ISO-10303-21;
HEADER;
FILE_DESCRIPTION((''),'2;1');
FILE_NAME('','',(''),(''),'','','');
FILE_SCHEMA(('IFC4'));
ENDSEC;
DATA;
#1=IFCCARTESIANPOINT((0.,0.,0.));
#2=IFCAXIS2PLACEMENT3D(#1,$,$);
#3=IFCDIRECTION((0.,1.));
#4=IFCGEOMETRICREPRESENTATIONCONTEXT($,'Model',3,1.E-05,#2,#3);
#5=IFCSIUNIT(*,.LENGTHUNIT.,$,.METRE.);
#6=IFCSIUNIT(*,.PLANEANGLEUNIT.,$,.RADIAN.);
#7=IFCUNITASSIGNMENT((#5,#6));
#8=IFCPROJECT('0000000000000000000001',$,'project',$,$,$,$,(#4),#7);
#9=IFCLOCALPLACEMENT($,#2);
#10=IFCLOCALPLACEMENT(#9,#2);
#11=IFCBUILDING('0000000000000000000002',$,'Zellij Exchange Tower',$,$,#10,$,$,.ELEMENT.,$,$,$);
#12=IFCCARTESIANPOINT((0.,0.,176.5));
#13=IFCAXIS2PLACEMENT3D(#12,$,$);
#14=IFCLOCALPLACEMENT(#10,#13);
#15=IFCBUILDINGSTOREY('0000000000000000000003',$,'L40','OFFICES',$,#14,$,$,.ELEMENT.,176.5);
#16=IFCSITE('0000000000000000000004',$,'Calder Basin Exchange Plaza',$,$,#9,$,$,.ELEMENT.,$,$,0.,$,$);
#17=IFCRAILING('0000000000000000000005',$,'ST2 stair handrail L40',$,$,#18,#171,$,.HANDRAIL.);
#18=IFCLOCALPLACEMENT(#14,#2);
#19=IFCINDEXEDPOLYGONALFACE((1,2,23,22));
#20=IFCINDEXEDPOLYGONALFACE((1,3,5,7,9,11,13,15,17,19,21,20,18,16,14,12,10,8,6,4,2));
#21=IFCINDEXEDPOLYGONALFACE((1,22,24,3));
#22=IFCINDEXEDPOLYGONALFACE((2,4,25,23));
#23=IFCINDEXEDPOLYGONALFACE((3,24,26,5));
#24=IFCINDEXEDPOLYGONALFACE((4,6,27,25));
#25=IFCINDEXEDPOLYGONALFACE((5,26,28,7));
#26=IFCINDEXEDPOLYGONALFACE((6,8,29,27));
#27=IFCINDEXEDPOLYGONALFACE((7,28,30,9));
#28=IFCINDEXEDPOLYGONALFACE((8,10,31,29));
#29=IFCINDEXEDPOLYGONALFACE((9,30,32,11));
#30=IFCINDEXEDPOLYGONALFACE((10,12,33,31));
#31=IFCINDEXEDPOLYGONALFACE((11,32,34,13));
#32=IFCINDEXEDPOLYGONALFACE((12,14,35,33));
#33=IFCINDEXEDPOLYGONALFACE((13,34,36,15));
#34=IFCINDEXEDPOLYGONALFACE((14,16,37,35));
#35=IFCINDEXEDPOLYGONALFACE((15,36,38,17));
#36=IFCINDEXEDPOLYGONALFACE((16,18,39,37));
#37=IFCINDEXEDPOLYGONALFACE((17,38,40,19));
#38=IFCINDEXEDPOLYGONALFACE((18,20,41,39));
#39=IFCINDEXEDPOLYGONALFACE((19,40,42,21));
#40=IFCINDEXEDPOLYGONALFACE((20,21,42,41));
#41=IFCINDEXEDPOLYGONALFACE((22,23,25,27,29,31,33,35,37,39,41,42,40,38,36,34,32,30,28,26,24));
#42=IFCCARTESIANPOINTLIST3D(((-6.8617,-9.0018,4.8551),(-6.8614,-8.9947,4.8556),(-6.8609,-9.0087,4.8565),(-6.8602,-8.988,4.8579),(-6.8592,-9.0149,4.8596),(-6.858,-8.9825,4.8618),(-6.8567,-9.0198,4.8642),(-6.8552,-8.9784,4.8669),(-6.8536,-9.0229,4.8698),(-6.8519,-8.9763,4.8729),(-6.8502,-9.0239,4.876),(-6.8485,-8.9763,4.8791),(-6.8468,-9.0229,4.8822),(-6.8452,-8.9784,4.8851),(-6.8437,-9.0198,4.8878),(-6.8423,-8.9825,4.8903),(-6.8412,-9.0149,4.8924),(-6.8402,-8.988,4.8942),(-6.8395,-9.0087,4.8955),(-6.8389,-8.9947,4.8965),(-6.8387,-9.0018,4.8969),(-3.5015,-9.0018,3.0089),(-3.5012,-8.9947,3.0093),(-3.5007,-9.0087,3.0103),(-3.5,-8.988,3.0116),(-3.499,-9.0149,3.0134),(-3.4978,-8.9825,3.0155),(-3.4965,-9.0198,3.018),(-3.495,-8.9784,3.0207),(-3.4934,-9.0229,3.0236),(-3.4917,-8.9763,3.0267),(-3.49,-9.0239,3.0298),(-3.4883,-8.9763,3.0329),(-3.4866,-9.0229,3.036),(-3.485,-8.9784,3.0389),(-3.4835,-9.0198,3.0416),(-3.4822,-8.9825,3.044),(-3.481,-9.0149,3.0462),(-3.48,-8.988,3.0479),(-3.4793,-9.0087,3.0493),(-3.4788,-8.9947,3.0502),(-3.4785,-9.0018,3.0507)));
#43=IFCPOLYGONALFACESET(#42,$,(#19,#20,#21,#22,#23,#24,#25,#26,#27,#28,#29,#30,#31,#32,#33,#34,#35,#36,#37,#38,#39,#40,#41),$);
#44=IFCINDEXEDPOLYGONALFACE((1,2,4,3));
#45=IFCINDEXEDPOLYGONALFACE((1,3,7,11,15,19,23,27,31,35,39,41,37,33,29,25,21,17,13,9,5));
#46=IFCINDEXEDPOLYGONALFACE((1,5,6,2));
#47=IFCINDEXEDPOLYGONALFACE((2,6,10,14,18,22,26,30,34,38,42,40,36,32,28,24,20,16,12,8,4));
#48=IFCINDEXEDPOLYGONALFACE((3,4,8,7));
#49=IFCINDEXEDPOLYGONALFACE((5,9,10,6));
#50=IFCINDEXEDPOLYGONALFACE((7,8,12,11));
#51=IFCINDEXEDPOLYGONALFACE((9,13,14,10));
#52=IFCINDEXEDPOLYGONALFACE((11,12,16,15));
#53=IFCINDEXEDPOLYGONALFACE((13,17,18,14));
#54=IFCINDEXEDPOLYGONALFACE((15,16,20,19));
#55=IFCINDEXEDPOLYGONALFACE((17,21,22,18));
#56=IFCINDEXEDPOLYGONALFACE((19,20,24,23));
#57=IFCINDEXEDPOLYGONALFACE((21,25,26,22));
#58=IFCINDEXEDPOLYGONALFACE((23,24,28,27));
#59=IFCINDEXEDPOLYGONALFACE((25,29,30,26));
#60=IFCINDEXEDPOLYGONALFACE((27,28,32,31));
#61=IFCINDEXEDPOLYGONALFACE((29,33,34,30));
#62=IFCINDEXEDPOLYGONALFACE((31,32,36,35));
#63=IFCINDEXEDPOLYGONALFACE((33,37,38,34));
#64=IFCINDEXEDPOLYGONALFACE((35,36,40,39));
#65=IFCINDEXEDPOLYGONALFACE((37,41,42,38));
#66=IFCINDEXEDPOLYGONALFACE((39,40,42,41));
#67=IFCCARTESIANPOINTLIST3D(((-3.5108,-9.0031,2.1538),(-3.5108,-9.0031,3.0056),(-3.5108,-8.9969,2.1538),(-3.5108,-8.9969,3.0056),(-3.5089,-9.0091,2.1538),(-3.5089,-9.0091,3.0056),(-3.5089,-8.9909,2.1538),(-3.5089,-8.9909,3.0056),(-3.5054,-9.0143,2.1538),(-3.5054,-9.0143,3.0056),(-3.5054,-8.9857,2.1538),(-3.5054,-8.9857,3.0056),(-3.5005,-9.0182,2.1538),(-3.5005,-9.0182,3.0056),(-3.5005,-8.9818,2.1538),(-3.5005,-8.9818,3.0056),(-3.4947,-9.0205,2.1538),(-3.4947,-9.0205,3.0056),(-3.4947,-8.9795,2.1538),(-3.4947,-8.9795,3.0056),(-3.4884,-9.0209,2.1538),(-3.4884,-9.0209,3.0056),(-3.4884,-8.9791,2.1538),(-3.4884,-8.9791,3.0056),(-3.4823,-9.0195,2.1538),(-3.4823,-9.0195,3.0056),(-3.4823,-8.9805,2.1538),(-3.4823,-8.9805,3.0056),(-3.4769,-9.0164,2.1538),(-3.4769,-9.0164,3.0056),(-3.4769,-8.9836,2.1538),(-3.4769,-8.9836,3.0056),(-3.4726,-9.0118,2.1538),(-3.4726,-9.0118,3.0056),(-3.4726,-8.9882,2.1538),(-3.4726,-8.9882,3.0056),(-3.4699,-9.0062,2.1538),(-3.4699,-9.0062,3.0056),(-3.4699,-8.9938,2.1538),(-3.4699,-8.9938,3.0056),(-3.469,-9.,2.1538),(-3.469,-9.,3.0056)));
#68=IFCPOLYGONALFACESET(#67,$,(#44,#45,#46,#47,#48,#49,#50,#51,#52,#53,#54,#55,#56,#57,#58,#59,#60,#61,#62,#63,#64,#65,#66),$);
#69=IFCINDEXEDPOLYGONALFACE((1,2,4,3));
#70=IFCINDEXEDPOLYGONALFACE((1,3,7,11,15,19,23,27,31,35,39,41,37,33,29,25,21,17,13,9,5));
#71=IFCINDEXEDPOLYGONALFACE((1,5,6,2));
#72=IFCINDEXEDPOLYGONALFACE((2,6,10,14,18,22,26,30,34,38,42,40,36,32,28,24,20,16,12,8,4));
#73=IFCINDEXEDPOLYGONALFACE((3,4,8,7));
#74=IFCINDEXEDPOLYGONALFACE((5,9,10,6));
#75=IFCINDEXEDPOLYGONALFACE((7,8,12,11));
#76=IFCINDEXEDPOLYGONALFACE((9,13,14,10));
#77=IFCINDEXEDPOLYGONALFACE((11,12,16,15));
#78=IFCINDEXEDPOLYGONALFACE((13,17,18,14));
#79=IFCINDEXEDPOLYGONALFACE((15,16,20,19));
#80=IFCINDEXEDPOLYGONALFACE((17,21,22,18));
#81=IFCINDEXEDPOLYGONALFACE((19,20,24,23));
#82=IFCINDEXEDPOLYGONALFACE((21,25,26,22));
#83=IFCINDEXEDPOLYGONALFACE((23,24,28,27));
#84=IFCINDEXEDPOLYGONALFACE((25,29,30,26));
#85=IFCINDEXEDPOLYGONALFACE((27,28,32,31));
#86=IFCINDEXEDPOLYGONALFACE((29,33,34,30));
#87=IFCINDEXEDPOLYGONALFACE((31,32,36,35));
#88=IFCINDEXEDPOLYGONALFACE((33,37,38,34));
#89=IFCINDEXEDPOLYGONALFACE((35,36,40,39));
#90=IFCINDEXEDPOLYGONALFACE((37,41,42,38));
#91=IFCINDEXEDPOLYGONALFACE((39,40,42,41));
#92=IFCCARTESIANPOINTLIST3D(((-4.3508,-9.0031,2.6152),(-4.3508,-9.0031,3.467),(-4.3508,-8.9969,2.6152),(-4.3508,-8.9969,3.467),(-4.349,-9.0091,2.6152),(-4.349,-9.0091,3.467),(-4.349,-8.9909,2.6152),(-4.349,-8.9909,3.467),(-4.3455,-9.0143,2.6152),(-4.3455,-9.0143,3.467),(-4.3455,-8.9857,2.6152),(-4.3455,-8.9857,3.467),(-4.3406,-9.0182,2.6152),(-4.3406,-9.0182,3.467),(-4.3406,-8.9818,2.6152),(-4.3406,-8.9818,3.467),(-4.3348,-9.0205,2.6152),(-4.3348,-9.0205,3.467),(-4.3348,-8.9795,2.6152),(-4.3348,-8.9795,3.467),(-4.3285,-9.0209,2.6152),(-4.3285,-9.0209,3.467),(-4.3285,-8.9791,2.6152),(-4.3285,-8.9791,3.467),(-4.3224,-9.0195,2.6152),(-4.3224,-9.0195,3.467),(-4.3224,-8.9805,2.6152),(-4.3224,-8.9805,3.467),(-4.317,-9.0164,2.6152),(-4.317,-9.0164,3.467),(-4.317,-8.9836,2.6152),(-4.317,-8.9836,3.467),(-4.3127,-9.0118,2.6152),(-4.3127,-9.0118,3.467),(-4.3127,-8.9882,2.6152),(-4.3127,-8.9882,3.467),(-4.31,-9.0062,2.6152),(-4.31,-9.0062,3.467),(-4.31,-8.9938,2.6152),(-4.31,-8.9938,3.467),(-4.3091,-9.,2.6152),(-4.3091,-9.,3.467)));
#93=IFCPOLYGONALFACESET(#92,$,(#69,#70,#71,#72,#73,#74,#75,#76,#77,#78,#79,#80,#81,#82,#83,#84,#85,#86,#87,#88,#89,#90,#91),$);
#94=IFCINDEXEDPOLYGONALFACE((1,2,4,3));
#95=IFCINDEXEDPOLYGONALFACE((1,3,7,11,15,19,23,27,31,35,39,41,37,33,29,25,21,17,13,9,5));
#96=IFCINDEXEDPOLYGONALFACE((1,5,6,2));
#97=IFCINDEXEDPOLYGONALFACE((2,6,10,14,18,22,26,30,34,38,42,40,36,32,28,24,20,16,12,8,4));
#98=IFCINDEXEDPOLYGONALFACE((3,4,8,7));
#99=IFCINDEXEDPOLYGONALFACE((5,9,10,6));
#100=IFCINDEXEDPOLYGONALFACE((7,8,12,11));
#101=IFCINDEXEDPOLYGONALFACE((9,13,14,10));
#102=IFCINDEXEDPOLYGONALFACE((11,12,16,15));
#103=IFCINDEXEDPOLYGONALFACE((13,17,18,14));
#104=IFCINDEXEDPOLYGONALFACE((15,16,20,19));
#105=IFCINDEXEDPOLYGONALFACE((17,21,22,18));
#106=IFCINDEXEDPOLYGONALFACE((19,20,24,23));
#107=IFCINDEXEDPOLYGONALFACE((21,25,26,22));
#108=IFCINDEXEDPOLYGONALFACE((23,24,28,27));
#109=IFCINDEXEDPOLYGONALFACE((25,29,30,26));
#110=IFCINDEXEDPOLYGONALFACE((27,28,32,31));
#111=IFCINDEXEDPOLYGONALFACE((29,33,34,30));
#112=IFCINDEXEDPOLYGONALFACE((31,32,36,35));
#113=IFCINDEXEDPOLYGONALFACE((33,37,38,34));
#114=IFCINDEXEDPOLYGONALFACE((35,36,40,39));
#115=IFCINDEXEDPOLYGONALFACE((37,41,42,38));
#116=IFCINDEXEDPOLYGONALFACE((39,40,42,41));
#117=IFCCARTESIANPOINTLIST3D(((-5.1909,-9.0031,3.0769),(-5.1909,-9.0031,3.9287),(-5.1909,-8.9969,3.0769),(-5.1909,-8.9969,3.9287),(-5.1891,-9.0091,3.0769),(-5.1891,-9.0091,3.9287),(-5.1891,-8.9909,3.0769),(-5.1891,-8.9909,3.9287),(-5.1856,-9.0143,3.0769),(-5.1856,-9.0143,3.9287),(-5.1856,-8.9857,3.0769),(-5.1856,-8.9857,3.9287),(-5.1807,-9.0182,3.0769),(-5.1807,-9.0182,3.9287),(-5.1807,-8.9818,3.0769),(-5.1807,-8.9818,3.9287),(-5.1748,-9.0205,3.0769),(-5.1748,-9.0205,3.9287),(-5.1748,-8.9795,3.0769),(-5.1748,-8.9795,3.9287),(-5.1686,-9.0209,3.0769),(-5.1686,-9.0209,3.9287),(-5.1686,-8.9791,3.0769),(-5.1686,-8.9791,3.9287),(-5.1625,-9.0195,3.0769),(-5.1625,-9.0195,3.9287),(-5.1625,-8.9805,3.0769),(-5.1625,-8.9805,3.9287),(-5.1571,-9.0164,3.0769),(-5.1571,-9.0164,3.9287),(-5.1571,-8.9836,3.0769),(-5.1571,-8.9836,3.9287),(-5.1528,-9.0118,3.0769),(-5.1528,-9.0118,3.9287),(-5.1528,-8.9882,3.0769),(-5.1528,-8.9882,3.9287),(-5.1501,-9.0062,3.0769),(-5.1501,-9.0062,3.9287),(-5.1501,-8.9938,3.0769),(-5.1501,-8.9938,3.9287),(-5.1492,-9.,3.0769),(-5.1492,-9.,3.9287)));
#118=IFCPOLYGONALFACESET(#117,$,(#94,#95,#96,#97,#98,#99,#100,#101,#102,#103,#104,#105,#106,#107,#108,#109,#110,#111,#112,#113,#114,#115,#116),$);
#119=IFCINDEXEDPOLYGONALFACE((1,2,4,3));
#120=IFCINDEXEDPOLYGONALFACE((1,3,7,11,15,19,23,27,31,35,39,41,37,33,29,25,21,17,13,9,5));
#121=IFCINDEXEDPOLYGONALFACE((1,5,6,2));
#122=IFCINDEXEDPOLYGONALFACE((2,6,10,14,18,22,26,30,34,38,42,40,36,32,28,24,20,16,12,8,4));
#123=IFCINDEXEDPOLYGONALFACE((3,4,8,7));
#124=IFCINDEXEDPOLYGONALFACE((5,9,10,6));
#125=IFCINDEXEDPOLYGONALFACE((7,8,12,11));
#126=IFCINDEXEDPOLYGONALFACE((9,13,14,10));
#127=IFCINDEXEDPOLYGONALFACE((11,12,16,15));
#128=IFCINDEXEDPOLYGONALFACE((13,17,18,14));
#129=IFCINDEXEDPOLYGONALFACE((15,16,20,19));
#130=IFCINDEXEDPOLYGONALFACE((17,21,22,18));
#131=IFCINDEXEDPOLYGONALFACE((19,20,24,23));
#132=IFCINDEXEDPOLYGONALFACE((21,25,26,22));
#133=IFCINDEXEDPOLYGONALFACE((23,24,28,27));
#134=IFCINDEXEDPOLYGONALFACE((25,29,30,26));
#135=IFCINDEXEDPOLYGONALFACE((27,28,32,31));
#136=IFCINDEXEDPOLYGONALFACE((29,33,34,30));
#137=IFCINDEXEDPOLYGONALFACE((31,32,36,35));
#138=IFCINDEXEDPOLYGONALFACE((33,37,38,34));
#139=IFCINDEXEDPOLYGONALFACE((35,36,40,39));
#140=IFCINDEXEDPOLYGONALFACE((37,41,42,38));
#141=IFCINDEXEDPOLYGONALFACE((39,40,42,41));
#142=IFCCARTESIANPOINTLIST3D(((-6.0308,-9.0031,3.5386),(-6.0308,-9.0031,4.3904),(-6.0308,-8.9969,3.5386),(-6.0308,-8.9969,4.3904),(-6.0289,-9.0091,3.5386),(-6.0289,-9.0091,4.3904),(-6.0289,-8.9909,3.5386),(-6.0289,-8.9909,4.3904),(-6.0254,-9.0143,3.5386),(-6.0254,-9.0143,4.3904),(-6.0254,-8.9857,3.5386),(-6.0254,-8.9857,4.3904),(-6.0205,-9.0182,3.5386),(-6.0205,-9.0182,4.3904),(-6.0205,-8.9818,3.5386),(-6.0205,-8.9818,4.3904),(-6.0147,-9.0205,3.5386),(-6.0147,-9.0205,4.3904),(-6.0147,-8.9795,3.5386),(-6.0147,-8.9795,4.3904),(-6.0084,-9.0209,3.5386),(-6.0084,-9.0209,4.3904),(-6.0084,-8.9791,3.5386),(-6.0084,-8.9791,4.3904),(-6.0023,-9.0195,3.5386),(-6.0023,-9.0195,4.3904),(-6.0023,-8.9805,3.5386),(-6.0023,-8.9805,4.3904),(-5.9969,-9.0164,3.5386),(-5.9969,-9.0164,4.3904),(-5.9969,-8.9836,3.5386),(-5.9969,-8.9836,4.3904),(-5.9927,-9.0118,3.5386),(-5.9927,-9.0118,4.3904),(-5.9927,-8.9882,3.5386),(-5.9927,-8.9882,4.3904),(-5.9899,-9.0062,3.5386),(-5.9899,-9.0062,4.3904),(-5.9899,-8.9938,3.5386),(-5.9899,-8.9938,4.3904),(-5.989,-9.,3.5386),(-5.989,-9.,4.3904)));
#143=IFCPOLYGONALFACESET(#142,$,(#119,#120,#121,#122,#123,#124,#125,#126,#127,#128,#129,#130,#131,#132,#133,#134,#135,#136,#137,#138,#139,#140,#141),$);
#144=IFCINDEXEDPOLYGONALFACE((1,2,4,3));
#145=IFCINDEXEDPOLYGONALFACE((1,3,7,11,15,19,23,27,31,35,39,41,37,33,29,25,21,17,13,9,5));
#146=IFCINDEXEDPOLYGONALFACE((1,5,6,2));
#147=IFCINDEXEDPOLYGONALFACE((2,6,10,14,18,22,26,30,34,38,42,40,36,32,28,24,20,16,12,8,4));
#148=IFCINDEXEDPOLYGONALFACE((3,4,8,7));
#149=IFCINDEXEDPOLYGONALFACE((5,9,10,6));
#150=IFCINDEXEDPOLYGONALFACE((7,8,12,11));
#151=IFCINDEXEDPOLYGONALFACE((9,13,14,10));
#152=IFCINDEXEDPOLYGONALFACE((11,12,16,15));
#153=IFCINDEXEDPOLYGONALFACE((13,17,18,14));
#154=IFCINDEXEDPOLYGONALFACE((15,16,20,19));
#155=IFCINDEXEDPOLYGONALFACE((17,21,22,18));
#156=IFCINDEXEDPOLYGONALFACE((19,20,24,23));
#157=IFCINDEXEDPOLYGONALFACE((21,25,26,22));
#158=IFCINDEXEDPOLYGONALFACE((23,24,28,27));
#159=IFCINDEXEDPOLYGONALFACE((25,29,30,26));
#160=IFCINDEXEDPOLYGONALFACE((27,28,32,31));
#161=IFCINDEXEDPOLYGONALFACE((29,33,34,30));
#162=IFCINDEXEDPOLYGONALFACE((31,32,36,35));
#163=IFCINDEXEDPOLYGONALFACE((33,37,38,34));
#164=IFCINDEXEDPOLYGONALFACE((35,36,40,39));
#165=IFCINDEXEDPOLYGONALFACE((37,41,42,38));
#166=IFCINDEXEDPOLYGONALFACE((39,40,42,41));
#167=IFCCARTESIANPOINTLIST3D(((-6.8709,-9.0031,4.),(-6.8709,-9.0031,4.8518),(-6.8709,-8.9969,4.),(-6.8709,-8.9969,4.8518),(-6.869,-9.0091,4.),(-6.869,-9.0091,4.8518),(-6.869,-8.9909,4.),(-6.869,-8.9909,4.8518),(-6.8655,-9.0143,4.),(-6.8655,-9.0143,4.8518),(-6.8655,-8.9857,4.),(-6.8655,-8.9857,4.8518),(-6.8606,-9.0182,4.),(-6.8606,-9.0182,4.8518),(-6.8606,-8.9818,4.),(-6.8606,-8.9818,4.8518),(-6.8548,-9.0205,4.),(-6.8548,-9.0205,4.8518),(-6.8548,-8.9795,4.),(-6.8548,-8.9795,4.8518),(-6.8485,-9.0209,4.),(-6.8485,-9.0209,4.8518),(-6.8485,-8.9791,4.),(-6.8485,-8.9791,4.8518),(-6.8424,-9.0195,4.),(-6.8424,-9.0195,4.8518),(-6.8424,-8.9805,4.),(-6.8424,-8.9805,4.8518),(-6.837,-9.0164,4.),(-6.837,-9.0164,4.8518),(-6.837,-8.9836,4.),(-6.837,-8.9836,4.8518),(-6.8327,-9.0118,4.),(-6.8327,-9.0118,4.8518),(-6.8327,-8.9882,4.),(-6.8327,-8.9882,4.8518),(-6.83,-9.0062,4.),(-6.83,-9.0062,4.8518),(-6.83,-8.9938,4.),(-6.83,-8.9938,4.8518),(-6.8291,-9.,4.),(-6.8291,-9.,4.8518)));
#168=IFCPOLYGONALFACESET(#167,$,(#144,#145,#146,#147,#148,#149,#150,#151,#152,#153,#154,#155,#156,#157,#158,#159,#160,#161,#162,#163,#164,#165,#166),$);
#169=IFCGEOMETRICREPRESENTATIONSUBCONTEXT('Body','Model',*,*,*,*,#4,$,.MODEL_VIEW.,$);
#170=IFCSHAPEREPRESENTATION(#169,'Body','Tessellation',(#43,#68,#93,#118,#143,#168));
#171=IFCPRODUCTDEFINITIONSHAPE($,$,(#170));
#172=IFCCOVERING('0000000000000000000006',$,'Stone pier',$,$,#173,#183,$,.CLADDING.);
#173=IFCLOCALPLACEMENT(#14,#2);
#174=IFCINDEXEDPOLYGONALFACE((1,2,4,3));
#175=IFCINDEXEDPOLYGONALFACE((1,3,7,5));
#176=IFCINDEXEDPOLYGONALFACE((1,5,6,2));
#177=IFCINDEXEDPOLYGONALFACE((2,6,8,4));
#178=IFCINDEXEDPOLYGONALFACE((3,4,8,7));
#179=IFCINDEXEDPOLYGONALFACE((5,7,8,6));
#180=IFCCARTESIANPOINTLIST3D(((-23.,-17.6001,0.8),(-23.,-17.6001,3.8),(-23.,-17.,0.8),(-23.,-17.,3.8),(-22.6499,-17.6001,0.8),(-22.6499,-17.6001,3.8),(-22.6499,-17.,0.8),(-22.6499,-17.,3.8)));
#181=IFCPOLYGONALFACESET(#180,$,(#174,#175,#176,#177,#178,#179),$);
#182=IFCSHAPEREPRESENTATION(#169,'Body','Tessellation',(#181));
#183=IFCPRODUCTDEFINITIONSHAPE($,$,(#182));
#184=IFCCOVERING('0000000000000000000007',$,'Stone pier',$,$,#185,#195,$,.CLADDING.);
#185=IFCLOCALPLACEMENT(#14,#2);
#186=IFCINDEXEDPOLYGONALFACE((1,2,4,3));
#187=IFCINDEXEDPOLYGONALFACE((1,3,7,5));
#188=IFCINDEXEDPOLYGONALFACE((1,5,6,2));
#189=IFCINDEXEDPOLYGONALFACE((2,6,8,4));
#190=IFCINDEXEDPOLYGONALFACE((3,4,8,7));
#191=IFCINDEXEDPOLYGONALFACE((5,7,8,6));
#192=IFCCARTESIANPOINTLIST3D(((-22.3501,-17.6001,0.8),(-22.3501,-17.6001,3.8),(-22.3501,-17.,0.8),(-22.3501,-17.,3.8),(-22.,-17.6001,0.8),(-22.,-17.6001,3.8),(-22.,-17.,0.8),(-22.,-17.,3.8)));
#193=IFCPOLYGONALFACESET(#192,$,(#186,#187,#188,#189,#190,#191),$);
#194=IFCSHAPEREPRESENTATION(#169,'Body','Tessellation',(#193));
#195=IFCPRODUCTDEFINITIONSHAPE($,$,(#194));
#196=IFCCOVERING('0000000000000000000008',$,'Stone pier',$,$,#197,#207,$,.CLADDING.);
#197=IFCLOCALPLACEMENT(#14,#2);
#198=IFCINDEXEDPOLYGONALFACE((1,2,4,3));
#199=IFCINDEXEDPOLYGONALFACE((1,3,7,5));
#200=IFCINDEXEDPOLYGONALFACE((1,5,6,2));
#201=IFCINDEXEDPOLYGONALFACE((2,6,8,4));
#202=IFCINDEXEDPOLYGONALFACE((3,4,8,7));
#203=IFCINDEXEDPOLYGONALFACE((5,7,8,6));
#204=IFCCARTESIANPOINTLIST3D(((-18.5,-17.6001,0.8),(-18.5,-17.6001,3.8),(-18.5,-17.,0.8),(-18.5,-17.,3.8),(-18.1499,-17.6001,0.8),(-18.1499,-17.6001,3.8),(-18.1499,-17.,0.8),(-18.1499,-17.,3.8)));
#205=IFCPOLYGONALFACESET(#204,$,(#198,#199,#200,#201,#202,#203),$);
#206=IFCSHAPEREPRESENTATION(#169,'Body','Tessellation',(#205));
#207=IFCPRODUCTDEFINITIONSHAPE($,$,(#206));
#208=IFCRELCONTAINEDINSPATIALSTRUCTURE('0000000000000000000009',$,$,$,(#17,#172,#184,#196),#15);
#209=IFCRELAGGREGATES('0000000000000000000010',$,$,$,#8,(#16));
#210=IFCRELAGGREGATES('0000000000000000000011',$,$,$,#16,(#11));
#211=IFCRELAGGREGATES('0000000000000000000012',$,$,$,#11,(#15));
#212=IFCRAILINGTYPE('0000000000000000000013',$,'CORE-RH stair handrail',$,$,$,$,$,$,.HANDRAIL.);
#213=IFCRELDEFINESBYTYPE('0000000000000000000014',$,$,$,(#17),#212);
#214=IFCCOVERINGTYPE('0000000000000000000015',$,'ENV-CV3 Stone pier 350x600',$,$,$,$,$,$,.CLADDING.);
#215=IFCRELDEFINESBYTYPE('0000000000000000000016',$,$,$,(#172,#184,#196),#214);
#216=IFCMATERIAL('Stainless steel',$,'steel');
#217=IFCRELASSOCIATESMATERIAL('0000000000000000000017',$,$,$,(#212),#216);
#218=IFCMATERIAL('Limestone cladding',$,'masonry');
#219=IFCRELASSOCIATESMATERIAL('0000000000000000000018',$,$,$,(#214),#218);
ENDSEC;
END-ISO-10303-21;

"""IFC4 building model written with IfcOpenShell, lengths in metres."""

from ifc_helpers import new_model, si_unit, direction, frame, origin, origin_2d, place, context, subcontext, project, spatial, polyline, circle, outline, extrude, material, type_object, element, save


model = new_model("IFC4")

# Units and contexts
model_context = context("Model", 3, precision=1e-05, world=origin(), true_north=direction((0.0, 1.0)))
body_context = subcontext(model_context, "Body", "Model", "MODEL_VIEW")
ifc_project = project(units=[si_unit("LENGTHUNIT", "METRE"), si_unit("PLANEANGLEUNIT", "RADIAN")], contexts=[model_context])

# Site, building, storey
site_placement = place(None, origin())
site = spatial("IfcSite", under=ifc_project, at=site_placement, Name="Calder Basin Exchange Plaza", CompositionType="ELEMENT", RefElevation=0.0)
building_placement = place(site_placement, origin())
building = spatial("IfcBuilding", under=site, at=building_placement, Name="Zellij Exchange Tower", CompositionType="ELEMENT")
storey_placement = place(building_placement, frame((0.0, 0.0, 176.5)))
storey = spatial("IfcBuildingStorey", under=building, at=storey_placement, Name="L40", Description="OFFICES", CompositionType="ELEMENT", Elevation=176.5)

# Railing
ifc_material_1 = material(Name="Stainless steel", Category="steel")
railing_type = type_object("IfcRailingType", Name="CORE-RH stair handrail", PredefinedType="HANDRAIL", material=ifc_material_1)
railing_placement = place(storey_placement, frame((-3.49, -9.0, 2.1538)))
element("IfcRailing", 1, at=railing_placement, inside=storey, type_object=railing_type, Name="ST2 stair handrail L40", PredefinedType="HANDRAIL", context=body_context, shape_type="SweptSolid", body=[
    extrude(circle(Radius=0.0239, at=origin_2d()), frame((0.0, 0.0, 0.876), z_axis=(-0.876422, 0.0, 0.481545), x_axis=(0.0, -1.0, 0.0)), (0.0, 0.0, 1.0), 3.834),
    extrude(circle(Radius=0.021, at=origin_2d()), origin(), (0.0, 0.0, 1.0), 0.8518),
    extrude(circle(Radius=0.021, at=origin_2d()), frame((-0.8401, 0.0, 0.4614)), (0.0, 0.0, 1.0), 0.8518),
    extrude(circle(Radius=0.021, at=origin_2d()), frame((-1.6802, 0.0, 0.9231)), (0.0, 0.0, 1.0), 0.8518),
    extrude(circle(Radius=0.021, at=origin_2d()), frame((-2.52, 0.0, 1.3848)), (0.0, 0.0, 1.0), 0.8518),
    extrude(circle(Radius=0.021, at=origin_2d()), frame((-3.3601, 0.0, 1.8462)), (0.0, 0.0, 1.0), 0.8518),
])

# Coverings
ifc_material_2 = material(Name="Limestone cladding", Category="masonry")
covering_type = type_object("IfcCoveringType", Name="ENV-CV3 Stone pier 350x600", PredefinedType="CLADDING", material=ifc_material_2)
covering_1_placement = place(storey_placement, frame((0.0, 0.0, 0.8)))
element("IfcCovering", 2, at=covering_1_placement, inside=storey, type_object=covering_type, Name="Stone pier", PredefinedType="CLADDING", context=body_context, shape_type="SweptSolid", body=[
    extrude(outline(polyline([(-23.0, -17.0), (-22.6499, -17.0), (-22.6499, -17.6001), (-23.0, -17.6001), (-23.0, -17.0)])), origin(), (0.0, 0.0, 1.0), 3.0),
])
covering_2_placement = place(storey_placement, frame((0.0, 0.0, 0.8)))
element("IfcCovering", 3, at=covering_2_placement, inside=storey, type_object=covering_type, Name="Stone pier", PredefinedType="CLADDING", context=body_context, shape_type="SweptSolid", body=[
    extrude(outline(polyline([(-22.3501, -17.0), (-22.0, -17.0), (-22.0, -17.6001), (-22.3501, -17.6001), (-22.3501, -17.0)])), origin(), (0.0, 0.0, 1.0), 3.0),
])
covering_3_placement = place(storey_placement, frame((0.0, 0.0, 0.8)))
element("IfcCovering", 4, at=covering_3_placement, inside=storey, type_object=covering_type, Name="Stone pier", PredefinedType="CLADDING", context=body_context, shape_type="SweptSolid", body=[
    extrude(outline(polyline([(-18.5, -17.0), (-18.1499, -17.0), (-18.1499, -17.6001), (-18.5, -17.6001), (-18.5, -17.0)])), origin(), (0.0, 0.0, 1.0), 3.0),
])

save(model, "model.ifc")
